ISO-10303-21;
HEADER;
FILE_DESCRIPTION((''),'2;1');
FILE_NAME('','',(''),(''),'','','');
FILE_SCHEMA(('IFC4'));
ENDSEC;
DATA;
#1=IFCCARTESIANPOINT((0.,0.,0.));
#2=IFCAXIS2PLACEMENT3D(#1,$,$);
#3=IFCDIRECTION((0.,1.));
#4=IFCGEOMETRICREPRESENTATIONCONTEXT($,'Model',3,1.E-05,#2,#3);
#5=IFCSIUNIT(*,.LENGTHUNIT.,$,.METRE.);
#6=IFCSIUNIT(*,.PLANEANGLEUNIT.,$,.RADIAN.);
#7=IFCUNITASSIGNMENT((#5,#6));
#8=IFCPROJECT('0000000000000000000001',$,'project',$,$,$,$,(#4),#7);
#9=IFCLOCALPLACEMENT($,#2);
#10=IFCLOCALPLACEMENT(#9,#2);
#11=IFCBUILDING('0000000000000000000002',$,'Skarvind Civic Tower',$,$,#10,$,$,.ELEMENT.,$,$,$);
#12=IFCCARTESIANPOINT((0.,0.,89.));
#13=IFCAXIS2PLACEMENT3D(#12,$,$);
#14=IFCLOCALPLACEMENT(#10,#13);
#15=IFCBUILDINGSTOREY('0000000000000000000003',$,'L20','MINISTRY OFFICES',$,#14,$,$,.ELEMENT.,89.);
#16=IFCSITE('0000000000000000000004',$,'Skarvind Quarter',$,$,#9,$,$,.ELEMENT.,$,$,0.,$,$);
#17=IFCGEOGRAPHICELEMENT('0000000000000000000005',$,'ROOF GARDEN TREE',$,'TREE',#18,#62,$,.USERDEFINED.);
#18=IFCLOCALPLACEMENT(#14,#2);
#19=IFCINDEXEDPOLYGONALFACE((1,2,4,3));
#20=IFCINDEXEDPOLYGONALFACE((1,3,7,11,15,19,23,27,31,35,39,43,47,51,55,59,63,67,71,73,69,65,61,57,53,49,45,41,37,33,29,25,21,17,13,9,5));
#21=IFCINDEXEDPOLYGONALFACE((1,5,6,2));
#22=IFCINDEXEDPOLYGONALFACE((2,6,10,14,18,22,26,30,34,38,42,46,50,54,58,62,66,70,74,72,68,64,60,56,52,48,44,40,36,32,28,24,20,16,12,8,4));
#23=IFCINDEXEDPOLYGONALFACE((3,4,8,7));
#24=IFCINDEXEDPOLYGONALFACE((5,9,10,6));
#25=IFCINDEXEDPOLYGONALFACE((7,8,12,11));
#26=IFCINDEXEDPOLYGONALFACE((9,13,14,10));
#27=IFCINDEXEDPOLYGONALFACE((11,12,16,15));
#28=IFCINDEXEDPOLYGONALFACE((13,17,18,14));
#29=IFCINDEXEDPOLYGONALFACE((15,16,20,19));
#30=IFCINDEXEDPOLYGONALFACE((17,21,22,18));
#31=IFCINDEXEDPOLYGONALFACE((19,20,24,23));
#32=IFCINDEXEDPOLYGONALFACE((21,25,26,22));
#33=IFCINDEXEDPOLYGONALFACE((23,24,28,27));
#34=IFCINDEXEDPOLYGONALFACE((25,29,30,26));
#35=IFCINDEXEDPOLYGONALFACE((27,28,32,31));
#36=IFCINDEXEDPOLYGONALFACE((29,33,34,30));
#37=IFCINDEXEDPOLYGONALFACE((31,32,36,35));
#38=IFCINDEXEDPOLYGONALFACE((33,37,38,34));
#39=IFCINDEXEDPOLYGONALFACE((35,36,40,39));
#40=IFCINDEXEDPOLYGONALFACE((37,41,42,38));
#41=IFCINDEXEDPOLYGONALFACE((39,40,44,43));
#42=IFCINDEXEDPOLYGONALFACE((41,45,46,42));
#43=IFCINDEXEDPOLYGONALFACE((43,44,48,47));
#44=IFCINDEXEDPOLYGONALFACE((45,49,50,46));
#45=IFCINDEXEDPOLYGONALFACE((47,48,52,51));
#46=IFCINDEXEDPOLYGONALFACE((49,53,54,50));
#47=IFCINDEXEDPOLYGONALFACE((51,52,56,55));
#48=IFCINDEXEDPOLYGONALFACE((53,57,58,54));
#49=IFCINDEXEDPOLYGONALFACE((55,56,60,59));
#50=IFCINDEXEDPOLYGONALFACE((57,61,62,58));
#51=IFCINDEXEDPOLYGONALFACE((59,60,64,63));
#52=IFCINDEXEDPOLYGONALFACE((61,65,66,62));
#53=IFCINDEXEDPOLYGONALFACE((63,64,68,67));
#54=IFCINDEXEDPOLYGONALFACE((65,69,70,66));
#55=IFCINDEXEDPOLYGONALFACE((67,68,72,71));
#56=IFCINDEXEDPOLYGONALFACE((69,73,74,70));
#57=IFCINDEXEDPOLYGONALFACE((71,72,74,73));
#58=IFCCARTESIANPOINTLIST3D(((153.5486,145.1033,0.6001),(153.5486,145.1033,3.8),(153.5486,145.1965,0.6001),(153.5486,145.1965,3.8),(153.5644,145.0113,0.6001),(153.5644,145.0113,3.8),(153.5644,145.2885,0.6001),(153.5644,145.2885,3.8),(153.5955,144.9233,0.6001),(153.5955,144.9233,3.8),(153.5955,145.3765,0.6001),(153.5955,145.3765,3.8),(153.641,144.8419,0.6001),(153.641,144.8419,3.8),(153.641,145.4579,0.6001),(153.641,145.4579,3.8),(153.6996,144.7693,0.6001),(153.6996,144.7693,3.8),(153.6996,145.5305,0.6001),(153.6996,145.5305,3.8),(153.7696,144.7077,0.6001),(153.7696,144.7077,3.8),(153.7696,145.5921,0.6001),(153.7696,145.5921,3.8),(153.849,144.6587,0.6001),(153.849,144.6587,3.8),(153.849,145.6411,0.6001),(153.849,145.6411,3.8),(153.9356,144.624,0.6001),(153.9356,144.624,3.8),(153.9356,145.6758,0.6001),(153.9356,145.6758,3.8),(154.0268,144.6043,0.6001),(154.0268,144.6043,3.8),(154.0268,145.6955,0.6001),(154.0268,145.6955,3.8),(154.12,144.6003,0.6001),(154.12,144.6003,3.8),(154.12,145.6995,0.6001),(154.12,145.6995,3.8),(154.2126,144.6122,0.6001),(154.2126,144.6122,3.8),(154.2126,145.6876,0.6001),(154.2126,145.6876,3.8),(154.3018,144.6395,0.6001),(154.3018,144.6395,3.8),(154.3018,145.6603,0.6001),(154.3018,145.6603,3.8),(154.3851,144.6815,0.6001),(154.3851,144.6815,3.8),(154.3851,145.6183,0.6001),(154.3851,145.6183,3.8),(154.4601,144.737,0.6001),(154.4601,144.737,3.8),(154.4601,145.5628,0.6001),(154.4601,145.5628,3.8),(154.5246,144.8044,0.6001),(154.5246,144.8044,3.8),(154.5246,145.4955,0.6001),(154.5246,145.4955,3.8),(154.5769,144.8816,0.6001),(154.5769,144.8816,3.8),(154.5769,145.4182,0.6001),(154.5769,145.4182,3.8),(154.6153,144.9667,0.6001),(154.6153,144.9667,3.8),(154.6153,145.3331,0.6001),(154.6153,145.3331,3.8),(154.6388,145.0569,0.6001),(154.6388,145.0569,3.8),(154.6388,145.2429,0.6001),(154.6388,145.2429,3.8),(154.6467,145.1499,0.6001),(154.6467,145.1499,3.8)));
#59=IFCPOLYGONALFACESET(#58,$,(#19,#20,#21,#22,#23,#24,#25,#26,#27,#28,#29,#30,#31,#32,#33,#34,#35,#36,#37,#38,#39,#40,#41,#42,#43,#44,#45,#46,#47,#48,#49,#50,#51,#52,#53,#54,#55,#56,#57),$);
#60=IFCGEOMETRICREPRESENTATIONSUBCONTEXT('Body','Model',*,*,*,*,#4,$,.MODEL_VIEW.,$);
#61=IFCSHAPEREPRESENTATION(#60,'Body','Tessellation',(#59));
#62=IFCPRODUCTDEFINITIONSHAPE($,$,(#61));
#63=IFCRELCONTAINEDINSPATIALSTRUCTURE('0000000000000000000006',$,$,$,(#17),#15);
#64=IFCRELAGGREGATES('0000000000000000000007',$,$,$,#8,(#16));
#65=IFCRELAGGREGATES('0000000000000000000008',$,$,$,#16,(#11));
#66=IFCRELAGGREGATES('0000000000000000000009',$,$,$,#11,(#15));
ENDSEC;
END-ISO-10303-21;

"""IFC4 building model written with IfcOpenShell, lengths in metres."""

from ifc_helpers import new_model, si_unit, direction, frame, origin, origin_2d, place, context, subcontext, project, spatial, circle, extrude, element, save


model = new_model("IFC4")

# Units and contexts
model_context = context("Model", 3, precision=1e-05, world=origin(), true_north=direction((0.0, 1.0)))
body_context = subcontext(model_context, "Body", "Model", "MODEL_VIEW")
ifc_project = project(units=[si_unit("LENGTHUNIT", "METRE"), si_unit("PLANEANGLEUNIT", "RADIAN")], contexts=[model_context])

# Site, building, storey
site_placement = place(None, origin())
site = spatial("IfcSite", under=ifc_project, at=site_placement, Name="Skarvind Quarter", CompositionType="ELEMENT", RefElevation=0.0)
building_placement = place(site_placement, origin())
building = spatial("IfcBuilding", under=site, at=building_placement, Name="Skarvind Civic Tower", CompositionType="ELEMENT")
storey_placement = place(building_placement, frame((0.0, 0.0, 89.0)))
storey = spatial("IfcBuildingStorey", under=building, at=storey_placement, Name="L20", Description="MINISTRY OFFICES", CompositionType="ELEMENT", Elevation=89.0)

# Geographic element
for number, where, z_axis, x_axis, name in (
    (1, (154.0967, 145.1499, 0.6001), (0.0, 0.0, 1.0), (1.0, 0.0, 0.0), "ROOF GARDEN TREE"),
):
    element("IfcGeographicElement", number, at=place(storey_placement, frame(where, z_axis=z_axis, x_axis=x_axis)), inside=storey, Name=name, ObjectType="TREE", PredefinedType="USERDEFINED", context=body_context, shape_type="SweptSolid", body=[
        extrude(circle(Radius=0.55, at=origin_2d()), origin(), (0.0, 0.0, 1.0), 3.2),
    ])

save(model, "model.ifc")
